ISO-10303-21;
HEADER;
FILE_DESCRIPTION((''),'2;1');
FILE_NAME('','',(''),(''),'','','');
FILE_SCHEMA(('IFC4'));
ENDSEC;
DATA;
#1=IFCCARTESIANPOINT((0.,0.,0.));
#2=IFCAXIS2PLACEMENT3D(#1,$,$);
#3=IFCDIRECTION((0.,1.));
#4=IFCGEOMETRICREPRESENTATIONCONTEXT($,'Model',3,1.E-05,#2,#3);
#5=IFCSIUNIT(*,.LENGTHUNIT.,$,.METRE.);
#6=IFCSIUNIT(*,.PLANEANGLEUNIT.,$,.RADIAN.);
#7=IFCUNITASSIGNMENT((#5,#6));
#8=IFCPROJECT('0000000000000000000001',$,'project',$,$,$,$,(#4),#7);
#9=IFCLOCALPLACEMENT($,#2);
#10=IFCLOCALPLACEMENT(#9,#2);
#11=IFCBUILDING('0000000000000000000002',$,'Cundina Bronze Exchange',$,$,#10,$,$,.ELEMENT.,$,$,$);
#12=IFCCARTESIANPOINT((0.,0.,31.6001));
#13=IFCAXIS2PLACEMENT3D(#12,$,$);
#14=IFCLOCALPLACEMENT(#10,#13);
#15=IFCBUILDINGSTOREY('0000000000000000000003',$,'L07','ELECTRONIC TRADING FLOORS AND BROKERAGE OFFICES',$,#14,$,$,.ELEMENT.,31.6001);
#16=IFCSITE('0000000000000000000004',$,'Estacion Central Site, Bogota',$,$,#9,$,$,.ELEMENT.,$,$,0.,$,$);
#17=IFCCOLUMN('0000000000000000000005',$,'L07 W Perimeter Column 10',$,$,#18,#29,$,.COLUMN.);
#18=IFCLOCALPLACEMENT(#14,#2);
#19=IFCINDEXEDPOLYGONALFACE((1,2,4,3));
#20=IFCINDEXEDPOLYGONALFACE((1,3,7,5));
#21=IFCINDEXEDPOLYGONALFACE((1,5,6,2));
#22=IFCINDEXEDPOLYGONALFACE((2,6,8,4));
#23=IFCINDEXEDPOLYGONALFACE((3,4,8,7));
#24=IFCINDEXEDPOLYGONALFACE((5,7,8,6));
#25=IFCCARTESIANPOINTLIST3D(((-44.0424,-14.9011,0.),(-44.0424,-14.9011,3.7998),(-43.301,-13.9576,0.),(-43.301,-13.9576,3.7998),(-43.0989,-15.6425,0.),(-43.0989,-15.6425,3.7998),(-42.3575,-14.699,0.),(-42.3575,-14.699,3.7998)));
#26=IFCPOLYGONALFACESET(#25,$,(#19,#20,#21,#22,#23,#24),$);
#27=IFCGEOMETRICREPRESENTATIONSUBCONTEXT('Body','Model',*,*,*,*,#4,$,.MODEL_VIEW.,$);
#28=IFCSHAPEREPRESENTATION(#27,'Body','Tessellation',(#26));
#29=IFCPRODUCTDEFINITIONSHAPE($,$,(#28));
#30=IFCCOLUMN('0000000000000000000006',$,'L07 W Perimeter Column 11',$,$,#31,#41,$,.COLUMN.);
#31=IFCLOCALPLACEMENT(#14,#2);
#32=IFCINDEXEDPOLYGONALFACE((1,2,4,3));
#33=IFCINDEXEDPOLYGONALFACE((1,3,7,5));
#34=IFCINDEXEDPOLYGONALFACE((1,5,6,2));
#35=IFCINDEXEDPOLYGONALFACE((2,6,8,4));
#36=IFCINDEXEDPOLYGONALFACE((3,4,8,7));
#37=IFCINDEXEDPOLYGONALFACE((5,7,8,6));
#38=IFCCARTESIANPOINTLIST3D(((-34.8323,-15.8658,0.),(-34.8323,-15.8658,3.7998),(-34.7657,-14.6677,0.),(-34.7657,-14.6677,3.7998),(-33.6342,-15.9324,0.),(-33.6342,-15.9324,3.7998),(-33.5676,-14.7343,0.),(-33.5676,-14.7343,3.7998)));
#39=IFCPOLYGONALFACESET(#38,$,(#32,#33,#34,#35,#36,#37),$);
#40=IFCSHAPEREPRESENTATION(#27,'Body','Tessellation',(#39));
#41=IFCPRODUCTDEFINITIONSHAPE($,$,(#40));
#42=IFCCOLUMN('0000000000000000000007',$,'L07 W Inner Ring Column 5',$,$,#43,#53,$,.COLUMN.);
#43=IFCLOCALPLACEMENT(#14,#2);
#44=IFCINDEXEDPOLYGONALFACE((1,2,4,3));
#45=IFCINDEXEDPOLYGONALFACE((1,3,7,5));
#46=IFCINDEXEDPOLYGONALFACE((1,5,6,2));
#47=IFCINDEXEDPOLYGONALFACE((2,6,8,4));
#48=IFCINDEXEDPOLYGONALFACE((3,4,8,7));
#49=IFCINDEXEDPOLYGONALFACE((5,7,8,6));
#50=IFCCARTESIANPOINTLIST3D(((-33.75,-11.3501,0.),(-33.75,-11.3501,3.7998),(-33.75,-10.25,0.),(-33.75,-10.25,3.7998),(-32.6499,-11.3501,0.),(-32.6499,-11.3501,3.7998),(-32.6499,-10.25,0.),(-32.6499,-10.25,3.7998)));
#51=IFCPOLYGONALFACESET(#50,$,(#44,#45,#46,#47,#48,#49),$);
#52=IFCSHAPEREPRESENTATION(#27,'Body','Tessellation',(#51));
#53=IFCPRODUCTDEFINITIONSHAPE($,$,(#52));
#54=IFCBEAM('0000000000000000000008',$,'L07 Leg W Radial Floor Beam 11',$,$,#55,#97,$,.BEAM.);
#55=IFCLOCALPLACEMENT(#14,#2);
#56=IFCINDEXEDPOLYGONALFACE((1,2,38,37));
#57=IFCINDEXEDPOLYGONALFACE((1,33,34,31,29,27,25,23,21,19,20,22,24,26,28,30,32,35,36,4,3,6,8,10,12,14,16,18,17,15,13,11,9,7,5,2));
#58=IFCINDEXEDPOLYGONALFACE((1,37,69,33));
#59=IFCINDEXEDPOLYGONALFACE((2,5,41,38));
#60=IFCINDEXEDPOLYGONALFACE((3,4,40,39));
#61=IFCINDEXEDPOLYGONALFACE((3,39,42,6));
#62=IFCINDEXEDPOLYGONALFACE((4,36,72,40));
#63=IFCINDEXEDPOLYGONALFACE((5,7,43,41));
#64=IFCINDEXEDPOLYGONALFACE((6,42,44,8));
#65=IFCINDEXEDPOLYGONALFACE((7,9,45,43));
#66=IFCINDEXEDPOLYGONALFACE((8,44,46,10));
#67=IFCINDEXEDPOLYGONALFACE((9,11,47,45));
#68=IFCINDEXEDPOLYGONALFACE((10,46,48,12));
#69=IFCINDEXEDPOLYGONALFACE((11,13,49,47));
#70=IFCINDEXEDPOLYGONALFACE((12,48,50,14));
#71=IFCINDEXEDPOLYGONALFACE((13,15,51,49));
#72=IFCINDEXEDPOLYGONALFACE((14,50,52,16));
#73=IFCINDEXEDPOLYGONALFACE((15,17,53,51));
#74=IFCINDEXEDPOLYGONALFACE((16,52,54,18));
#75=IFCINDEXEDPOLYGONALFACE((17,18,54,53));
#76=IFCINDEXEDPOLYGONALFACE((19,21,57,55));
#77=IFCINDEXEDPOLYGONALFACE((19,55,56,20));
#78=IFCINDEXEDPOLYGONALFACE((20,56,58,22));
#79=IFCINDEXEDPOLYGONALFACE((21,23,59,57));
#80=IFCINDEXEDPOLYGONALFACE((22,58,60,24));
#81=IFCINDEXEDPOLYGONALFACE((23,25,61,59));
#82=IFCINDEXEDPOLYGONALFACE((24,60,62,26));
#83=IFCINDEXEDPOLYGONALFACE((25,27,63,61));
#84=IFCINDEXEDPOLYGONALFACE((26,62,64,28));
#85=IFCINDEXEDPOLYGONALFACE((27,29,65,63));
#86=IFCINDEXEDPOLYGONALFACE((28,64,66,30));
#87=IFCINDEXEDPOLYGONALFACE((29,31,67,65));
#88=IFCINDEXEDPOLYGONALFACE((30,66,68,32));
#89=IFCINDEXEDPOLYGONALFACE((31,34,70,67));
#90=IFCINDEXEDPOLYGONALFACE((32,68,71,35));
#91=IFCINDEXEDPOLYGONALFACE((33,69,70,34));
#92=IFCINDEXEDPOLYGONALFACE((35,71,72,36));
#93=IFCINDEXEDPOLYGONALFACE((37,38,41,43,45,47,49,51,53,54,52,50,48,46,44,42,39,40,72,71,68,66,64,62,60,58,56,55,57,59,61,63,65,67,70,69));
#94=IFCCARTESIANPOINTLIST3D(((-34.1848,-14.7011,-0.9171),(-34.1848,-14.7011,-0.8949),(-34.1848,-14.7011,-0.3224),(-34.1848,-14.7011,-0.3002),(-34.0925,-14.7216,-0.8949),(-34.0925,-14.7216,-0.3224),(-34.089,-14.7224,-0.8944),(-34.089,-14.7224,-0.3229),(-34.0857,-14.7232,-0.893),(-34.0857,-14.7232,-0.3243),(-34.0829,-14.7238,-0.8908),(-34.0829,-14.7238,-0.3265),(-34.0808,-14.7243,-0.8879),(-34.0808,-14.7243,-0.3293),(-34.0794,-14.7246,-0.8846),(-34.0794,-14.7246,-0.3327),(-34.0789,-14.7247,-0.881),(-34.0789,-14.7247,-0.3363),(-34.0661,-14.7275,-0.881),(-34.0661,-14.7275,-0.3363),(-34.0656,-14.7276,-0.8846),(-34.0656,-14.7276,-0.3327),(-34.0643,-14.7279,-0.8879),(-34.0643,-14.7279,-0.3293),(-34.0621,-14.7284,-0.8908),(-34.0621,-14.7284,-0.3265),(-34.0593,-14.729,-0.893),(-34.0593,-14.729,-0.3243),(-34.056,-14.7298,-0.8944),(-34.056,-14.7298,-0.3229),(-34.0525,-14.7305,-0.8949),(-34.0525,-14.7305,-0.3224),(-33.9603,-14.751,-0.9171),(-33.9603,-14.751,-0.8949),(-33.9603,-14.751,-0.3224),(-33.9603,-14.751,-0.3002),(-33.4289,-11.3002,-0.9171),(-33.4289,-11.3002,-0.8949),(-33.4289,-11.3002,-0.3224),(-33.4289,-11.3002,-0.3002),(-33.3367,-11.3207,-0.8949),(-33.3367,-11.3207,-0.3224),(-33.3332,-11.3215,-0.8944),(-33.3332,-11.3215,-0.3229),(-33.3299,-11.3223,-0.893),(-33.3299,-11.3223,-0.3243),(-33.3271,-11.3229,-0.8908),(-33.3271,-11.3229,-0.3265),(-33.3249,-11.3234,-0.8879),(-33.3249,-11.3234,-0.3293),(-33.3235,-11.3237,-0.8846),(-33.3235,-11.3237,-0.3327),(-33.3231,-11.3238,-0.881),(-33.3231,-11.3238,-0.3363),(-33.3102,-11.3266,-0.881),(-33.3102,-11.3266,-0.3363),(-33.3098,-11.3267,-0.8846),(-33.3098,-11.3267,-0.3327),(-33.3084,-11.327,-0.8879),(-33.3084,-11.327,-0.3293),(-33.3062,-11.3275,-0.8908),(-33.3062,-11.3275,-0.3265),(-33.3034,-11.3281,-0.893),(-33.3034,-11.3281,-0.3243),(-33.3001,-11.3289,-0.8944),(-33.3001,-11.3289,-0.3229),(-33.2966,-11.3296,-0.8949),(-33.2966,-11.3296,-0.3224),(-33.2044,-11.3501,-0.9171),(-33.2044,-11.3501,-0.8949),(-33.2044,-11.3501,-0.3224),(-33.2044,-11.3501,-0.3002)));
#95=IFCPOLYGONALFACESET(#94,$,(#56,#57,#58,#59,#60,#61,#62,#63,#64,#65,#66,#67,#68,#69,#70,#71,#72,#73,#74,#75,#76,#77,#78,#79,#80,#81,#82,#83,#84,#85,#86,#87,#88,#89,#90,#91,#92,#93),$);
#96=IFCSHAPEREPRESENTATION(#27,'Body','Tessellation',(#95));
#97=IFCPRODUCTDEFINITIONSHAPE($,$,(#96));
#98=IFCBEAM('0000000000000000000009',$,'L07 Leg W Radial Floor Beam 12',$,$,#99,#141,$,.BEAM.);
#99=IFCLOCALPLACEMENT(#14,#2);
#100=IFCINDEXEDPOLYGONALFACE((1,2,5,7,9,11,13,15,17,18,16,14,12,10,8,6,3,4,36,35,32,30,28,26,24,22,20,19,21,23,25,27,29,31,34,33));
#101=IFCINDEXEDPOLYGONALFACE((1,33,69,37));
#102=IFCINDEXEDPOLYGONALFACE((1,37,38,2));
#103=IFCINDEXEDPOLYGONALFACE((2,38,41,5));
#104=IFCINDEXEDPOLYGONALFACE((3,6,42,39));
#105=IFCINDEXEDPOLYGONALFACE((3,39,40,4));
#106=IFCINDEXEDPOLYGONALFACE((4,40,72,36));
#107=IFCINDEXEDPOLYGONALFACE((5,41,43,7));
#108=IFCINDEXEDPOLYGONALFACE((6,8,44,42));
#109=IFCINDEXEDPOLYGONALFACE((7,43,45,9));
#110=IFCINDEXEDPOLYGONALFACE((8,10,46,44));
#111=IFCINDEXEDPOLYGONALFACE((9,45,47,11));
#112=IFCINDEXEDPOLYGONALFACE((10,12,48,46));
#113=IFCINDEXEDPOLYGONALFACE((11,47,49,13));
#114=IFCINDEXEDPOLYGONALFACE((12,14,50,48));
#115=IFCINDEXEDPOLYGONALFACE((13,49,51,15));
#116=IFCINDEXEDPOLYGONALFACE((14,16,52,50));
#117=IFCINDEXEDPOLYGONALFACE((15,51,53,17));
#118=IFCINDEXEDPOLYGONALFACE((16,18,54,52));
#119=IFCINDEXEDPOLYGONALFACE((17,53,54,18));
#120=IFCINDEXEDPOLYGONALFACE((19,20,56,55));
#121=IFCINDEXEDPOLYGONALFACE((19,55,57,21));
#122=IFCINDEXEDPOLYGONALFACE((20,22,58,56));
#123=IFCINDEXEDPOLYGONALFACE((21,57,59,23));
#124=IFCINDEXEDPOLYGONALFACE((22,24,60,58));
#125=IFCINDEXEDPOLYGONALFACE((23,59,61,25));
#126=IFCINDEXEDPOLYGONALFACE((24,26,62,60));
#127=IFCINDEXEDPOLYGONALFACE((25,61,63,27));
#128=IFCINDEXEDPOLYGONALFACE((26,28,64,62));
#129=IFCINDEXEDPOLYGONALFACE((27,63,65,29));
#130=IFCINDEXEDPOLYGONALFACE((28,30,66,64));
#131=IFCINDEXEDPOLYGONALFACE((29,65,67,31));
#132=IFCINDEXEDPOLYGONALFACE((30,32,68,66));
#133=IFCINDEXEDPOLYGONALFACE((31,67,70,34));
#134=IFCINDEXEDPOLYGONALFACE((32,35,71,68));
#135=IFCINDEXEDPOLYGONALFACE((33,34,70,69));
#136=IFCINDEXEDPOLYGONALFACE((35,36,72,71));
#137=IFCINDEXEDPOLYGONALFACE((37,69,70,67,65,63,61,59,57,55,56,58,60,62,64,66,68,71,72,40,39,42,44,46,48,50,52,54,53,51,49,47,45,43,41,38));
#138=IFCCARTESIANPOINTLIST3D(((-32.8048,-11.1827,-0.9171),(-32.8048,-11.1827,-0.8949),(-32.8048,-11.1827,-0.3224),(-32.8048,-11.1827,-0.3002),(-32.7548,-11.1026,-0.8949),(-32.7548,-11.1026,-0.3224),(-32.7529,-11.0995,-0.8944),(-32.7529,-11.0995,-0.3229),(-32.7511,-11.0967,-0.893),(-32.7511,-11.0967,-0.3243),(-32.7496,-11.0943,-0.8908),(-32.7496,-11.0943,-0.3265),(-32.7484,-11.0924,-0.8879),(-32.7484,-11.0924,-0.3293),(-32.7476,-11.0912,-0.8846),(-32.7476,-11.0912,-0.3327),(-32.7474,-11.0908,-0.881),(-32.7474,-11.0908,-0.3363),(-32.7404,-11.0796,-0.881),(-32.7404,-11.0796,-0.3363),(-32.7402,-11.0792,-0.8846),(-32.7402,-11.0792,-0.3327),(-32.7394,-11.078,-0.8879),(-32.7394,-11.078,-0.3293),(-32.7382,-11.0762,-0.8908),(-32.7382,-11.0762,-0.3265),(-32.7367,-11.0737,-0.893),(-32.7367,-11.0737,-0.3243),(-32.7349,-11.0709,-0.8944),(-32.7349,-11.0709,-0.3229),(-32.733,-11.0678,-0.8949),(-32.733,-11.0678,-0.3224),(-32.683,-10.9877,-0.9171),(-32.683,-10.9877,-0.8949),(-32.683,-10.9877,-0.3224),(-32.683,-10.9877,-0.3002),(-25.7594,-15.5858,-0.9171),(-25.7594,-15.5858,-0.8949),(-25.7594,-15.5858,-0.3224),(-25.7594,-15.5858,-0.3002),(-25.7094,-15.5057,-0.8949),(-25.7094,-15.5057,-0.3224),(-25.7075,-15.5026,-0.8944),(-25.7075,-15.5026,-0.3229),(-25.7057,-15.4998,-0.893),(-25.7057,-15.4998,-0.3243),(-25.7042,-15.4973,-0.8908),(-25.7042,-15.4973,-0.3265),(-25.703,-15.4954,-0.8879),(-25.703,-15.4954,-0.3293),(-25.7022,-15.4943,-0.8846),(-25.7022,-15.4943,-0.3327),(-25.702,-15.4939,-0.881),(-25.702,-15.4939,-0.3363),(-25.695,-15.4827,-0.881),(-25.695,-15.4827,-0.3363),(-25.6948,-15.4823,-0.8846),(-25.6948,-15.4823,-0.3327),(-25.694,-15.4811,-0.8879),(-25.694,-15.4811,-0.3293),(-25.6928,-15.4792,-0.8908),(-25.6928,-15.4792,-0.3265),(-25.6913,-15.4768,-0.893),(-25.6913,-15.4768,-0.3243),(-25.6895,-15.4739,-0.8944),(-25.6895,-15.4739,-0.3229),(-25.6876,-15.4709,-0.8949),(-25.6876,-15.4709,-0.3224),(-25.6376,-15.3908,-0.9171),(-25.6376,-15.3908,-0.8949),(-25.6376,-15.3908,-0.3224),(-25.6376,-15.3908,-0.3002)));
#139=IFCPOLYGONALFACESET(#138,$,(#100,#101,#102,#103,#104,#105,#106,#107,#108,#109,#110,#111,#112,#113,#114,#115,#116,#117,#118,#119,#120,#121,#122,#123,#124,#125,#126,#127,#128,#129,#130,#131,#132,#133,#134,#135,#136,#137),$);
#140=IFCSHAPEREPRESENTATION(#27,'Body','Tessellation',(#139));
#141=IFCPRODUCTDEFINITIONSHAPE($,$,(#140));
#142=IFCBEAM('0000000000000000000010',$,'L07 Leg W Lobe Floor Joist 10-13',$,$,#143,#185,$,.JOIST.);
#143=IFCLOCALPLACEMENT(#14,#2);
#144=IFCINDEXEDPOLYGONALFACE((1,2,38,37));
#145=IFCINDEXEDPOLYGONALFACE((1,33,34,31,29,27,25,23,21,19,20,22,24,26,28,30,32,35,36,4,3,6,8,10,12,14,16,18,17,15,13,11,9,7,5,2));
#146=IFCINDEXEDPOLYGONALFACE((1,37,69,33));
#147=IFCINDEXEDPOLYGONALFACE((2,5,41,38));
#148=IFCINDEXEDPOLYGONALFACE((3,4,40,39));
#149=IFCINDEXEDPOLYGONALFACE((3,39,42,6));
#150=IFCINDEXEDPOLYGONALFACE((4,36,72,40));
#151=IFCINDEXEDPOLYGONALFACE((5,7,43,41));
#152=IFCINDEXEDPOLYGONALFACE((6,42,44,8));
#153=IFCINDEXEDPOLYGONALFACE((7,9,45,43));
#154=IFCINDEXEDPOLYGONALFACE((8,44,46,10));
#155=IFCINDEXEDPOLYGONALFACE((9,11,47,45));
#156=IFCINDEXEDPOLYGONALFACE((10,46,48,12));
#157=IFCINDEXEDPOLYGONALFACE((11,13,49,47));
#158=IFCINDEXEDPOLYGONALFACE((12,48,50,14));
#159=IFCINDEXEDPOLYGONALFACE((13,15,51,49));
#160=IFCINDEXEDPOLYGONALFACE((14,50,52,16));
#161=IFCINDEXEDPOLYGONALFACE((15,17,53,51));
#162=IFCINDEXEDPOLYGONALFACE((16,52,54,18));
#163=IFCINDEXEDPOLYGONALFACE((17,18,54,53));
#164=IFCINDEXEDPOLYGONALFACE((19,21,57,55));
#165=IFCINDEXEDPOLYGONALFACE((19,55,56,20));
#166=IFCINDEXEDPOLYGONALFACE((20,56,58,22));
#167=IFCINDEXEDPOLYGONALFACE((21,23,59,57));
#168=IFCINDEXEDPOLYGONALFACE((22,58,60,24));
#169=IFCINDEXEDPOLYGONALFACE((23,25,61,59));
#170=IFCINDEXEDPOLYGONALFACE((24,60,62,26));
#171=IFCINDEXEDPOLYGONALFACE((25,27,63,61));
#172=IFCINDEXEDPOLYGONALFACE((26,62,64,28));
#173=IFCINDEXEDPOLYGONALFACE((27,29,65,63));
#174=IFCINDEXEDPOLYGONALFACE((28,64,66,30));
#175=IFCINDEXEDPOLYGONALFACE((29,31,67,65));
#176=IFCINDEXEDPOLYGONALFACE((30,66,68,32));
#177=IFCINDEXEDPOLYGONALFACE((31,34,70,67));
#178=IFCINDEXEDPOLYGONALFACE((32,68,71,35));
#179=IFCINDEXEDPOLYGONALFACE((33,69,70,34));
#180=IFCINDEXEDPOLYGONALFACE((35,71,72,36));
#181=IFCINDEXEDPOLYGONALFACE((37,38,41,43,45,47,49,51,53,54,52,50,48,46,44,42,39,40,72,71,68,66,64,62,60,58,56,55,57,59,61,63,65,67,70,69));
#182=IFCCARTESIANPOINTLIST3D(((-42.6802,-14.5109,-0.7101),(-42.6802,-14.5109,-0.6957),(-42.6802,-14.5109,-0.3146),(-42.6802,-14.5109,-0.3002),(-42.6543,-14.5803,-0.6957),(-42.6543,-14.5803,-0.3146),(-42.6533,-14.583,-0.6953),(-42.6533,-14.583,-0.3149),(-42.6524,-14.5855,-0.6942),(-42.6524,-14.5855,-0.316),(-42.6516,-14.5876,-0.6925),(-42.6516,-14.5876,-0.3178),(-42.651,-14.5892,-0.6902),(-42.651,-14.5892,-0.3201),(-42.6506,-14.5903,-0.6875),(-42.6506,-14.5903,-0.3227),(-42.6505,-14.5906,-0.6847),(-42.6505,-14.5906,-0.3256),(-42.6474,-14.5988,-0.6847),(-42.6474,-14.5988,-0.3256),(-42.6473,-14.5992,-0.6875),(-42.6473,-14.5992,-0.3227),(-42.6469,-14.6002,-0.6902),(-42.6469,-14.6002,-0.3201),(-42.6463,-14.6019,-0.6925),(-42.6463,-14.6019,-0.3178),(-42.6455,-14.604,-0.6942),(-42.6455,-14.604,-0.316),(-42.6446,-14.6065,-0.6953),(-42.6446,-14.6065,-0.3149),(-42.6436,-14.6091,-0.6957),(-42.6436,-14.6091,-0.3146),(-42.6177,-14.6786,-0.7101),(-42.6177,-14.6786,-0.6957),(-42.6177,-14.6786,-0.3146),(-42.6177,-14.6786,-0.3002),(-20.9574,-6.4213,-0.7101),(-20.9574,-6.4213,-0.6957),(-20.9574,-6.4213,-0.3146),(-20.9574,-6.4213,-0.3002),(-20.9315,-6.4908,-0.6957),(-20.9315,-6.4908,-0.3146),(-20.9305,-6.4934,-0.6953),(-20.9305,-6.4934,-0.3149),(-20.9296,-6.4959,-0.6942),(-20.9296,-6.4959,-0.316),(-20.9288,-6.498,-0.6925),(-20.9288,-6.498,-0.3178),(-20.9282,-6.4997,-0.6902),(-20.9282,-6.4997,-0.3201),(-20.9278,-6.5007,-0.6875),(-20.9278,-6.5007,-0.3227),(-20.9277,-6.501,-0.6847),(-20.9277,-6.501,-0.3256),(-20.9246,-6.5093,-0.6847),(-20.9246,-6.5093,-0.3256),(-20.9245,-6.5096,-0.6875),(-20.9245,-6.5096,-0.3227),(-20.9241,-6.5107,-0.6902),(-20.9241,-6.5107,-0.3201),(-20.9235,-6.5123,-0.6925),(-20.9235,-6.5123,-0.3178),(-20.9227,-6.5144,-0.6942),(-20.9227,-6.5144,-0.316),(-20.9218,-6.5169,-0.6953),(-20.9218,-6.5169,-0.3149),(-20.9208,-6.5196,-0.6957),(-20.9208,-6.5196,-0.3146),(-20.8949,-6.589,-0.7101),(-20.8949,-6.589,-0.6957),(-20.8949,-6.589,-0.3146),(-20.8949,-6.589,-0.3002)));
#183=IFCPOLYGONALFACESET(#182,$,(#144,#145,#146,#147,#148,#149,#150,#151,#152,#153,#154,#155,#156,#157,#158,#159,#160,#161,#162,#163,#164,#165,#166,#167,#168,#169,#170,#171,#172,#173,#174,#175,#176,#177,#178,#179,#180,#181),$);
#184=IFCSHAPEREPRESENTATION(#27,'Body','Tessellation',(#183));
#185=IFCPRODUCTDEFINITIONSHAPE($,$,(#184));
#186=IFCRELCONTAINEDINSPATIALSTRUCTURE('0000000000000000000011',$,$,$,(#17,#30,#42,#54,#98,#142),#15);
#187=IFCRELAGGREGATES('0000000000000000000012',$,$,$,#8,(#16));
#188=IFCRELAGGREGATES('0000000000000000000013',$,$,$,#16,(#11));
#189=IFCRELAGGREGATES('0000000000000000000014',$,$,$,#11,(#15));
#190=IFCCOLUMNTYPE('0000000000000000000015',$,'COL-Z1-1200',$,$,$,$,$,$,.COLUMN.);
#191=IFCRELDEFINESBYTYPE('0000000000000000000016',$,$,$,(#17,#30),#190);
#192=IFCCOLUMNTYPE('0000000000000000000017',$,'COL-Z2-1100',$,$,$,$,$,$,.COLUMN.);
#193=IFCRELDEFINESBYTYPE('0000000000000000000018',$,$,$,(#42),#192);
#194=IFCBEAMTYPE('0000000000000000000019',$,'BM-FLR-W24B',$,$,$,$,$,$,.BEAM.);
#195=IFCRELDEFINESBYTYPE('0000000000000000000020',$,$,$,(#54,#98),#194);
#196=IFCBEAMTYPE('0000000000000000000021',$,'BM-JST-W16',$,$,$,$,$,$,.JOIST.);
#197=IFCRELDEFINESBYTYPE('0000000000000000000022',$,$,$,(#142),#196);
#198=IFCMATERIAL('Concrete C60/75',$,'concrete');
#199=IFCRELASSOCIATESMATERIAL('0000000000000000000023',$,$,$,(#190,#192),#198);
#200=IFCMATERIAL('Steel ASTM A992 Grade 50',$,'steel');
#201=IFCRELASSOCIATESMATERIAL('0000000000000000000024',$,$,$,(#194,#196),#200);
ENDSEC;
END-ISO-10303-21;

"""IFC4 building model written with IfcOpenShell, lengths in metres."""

from ifc_helpers import new_model, si_unit, direction, frame, origin, origin_2d, place, context, subcontext, project, spatial, rectangle, i_section, extrude, material, material_profile, profile_set, type_object, element, save


model = new_model("IFC4")

# Units and contexts
model_context = context("Model", 3, precision=1e-05, world=origin(), true_north=direction((0.0, 1.0)))
body_context = subcontext(model_context, "Body", "Model", "MODEL_VIEW")
ifc_project = project(units=[si_unit("LENGTHUNIT", "METRE"), si_unit("PLANEANGLEUNIT", "RADIAN")], contexts=[model_context])

# Site, building, storey
site_placement = place(None, origin())
site = spatial("IfcSite", under=ifc_project, at=site_placement, Name="Estacion Central Site, Bogota", CompositionType="ELEMENT", RefElevation=0.0)
building_placement = place(site_placement, origin())
building = spatial("IfcBuilding", under=site, at=building_placement, Name="Cundina Bronze Exchange", CompositionType="ELEMENT")
storey_placement = place(building_placement, frame((0.0, 0.0, 31.6001)))
storey = spatial("IfcBuildingStorey", under=building, at=storey_placement, Name="L07", Description="ELECTRONIC TRADING FLOORS AND BROKERAGE OFFICES", CompositionType="ELEMENT", Elevation=31.6001)

# Columns
ifc_material_1 = material(Name="Concrete C60/75", Category="concrete")
ifc_material_profile_1 = material_profile(ifc_material_1, rectangle(XDim=1.2, YDim=1.2, at=origin_2d()), Name="RC1200X1200", Category="concrete")
ifc_profile_set_1 = profile_set([ifc_material_profile_1], Name="Concrete C60/75")
column_type_1 = type_object("IfcColumnType", Name="COL-Z1-1200", PredefinedType="COLUMN", material=ifc_profile_set_1)
for number, where, z_axis, x_axis, name in (
    (1, (-43.2, -14.8, 0.0), (0.0, 0.0, 1.0), (0.786288, -0.61786, 0.0), "L07 W Perimeter Column 10"),
    (2, (-34.2, -15.3, 0.0), (0.0, 0.0, 1.0), (0.99846, -0.055473, 0.0), "L07 W Perimeter Column 11"),
):
    element("IfcColumn", number, at=place(storey_placement, frame(where, z_axis=z_axis, x_axis=x_axis)), inside=storey, type_object=column_type_1, Name=name, PredefinedType="COLUMN", context=body_context, shape_type="SweptSolid", body=[
        extrude(rectangle(XDim=1.2, YDim=1.2, at=origin_2d()), origin(), (0.0, 0.0, 1.0), 3.7998),
    ])
ifc_material_profile_2 = material_profile(ifc_material_1, rectangle(XDim=1.1001, YDim=1.1001, at=origin_2d()), Name="RC1100X1100", Category="concrete")
ifc_profile_set_2 = profile_set([ifc_material_profile_2], Name="Concrete C60/75")
column_type_2 = type_object("IfcColumnType", Name="COL-Z2-1100", PredefinedType="COLUMN", material=ifc_profile_set_2)
column_placement = place(storey_placement, frame((-33.2, -10.8, 0.0), z_axis=(0.0, 0.0, 1.0), x_axis=(1.0, 0.0, 0.0)))
element("IfcColumn", 3, at=column_placement, inside=storey, type_object=column_type_2, Name="L07 W Inner Ring Column 5", PredefinedType="COLUMN", context=body_context, shape_type="SweptSolid", body=[
    extrude(rectangle(XDim=1.1001, YDim=1.1001, at=origin_2d()), origin(), (0.0, 0.0, 1.0), 3.7998),
])

# Beams
ifc_material_2 = material(Name="Steel ASTM A992 Grade 50", Category="steel")
ifc_material_profile_3 = material_profile(ifc_material_2, i_section(OverallWidth=0.23, OverallDepth=0.6169, WebThickness=0.0132, FlangeThickness=0.0222, FilletRadius=0.0139, at=origin_2d()), Name="W24X94", Category="steel")
ifc_profile_set_3 = profile_set([ifc_material_profile_3], Name="Steel ASTM A992 Grade 50")
beam_type_1 = type_object("IfcBeamType", Name="BM-FLR-W24B", PredefinedType="BEAM", material=ifc_profile_set_3)
beam_1_placement = place(storey_placement, frame((-33.3167, -11.3252, -0.6086), z_axis=(-0.21696, -0.97618, 0.0), x_axis=(0.97618, -0.21696, 0.0)))
element("IfcBeam", 4, at=beam_1_placement, inside=storey, type_object=beam_type_1, Name="L07 Leg W Radial Floor Beam 11", PredefinedType="BEAM", context=body_context, shape_type="SweptSolid", body=[
    extrude(i_section(OverallWidth=0.23, OverallDepth=0.6169, WebThickness=0.0132, FlangeThickness=0.0222, FilletRadius=0.0139, at=origin_2d()), origin(), (0.0, 0.0, 1.0), 3.4839),
])
beam_2_placement = place(storey_placement, frame((-32.7439, -11.0852, -0.6086), z_axis=(0.848015, -0.529973, 0.0), x_axis=(0.529973, 0.848015, 0.0)))
element("IfcBeam", 5, at=beam_2_placement, inside=storey, type_object=beam_type_1, Name="L07 Leg W Radial Floor Beam 12", PredefinedType="BEAM", context=body_context, shape_type="SweptSolid", body=[
    extrude(i_section(OverallWidth=0.23, OverallDepth=0.6169, WebThickness=0.0132, FlangeThickness=0.0222, FilletRadius=0.0139, at=origin_2d()), origin(), (0.0, 0.0, 1.0), 8.3081),
])
ifc_material_profile_4 = material_profile(ifc_material_2, i_section(OverallWidth=0.179, OverallDepth=0.4099, WebThickness=0.0088, FlangeThickness=0.0144, FilletRadius=0.011, at=origin_2d()), Name="W16X45", Category="steel")
ifc_profile_set_4 = profile_set([ifc_material_profile_4], Name="Steel ASTM A992 Grade 50")
beam_type_2 = type_object("IfcBeamType", Name="BM-JST-W16", PredefinedType="JOIST", material=ifc_profile_set_4)
beam_3_placement = place(storey_placement, frame((-42.6489, -14.5947, -0.5051), z_axis=(0.937128, 0.348986, 0.0), x_axis=(-0.348986, 0.937128, 0.0)))
element("IfcBeam", 6, at=beam_3_placement, inside=storey, type_object=beam_type_2, Name="L07 Leg W Lobe Floor Joist 10-13", PredefinedType="JOIST", context=body_context, shape_type="SweptSolid", body=[
    extrude(i_section(OverallWidth=0.179, OverallDepth=0.4099, WebThickness=0.0088, FlangeThickness=0.0144, FilletRadius=0.011, at=origin_2d()), origin(), (0.0, 0.0, 1.0), 23.1802),
])

save(model, "model.ifc")
